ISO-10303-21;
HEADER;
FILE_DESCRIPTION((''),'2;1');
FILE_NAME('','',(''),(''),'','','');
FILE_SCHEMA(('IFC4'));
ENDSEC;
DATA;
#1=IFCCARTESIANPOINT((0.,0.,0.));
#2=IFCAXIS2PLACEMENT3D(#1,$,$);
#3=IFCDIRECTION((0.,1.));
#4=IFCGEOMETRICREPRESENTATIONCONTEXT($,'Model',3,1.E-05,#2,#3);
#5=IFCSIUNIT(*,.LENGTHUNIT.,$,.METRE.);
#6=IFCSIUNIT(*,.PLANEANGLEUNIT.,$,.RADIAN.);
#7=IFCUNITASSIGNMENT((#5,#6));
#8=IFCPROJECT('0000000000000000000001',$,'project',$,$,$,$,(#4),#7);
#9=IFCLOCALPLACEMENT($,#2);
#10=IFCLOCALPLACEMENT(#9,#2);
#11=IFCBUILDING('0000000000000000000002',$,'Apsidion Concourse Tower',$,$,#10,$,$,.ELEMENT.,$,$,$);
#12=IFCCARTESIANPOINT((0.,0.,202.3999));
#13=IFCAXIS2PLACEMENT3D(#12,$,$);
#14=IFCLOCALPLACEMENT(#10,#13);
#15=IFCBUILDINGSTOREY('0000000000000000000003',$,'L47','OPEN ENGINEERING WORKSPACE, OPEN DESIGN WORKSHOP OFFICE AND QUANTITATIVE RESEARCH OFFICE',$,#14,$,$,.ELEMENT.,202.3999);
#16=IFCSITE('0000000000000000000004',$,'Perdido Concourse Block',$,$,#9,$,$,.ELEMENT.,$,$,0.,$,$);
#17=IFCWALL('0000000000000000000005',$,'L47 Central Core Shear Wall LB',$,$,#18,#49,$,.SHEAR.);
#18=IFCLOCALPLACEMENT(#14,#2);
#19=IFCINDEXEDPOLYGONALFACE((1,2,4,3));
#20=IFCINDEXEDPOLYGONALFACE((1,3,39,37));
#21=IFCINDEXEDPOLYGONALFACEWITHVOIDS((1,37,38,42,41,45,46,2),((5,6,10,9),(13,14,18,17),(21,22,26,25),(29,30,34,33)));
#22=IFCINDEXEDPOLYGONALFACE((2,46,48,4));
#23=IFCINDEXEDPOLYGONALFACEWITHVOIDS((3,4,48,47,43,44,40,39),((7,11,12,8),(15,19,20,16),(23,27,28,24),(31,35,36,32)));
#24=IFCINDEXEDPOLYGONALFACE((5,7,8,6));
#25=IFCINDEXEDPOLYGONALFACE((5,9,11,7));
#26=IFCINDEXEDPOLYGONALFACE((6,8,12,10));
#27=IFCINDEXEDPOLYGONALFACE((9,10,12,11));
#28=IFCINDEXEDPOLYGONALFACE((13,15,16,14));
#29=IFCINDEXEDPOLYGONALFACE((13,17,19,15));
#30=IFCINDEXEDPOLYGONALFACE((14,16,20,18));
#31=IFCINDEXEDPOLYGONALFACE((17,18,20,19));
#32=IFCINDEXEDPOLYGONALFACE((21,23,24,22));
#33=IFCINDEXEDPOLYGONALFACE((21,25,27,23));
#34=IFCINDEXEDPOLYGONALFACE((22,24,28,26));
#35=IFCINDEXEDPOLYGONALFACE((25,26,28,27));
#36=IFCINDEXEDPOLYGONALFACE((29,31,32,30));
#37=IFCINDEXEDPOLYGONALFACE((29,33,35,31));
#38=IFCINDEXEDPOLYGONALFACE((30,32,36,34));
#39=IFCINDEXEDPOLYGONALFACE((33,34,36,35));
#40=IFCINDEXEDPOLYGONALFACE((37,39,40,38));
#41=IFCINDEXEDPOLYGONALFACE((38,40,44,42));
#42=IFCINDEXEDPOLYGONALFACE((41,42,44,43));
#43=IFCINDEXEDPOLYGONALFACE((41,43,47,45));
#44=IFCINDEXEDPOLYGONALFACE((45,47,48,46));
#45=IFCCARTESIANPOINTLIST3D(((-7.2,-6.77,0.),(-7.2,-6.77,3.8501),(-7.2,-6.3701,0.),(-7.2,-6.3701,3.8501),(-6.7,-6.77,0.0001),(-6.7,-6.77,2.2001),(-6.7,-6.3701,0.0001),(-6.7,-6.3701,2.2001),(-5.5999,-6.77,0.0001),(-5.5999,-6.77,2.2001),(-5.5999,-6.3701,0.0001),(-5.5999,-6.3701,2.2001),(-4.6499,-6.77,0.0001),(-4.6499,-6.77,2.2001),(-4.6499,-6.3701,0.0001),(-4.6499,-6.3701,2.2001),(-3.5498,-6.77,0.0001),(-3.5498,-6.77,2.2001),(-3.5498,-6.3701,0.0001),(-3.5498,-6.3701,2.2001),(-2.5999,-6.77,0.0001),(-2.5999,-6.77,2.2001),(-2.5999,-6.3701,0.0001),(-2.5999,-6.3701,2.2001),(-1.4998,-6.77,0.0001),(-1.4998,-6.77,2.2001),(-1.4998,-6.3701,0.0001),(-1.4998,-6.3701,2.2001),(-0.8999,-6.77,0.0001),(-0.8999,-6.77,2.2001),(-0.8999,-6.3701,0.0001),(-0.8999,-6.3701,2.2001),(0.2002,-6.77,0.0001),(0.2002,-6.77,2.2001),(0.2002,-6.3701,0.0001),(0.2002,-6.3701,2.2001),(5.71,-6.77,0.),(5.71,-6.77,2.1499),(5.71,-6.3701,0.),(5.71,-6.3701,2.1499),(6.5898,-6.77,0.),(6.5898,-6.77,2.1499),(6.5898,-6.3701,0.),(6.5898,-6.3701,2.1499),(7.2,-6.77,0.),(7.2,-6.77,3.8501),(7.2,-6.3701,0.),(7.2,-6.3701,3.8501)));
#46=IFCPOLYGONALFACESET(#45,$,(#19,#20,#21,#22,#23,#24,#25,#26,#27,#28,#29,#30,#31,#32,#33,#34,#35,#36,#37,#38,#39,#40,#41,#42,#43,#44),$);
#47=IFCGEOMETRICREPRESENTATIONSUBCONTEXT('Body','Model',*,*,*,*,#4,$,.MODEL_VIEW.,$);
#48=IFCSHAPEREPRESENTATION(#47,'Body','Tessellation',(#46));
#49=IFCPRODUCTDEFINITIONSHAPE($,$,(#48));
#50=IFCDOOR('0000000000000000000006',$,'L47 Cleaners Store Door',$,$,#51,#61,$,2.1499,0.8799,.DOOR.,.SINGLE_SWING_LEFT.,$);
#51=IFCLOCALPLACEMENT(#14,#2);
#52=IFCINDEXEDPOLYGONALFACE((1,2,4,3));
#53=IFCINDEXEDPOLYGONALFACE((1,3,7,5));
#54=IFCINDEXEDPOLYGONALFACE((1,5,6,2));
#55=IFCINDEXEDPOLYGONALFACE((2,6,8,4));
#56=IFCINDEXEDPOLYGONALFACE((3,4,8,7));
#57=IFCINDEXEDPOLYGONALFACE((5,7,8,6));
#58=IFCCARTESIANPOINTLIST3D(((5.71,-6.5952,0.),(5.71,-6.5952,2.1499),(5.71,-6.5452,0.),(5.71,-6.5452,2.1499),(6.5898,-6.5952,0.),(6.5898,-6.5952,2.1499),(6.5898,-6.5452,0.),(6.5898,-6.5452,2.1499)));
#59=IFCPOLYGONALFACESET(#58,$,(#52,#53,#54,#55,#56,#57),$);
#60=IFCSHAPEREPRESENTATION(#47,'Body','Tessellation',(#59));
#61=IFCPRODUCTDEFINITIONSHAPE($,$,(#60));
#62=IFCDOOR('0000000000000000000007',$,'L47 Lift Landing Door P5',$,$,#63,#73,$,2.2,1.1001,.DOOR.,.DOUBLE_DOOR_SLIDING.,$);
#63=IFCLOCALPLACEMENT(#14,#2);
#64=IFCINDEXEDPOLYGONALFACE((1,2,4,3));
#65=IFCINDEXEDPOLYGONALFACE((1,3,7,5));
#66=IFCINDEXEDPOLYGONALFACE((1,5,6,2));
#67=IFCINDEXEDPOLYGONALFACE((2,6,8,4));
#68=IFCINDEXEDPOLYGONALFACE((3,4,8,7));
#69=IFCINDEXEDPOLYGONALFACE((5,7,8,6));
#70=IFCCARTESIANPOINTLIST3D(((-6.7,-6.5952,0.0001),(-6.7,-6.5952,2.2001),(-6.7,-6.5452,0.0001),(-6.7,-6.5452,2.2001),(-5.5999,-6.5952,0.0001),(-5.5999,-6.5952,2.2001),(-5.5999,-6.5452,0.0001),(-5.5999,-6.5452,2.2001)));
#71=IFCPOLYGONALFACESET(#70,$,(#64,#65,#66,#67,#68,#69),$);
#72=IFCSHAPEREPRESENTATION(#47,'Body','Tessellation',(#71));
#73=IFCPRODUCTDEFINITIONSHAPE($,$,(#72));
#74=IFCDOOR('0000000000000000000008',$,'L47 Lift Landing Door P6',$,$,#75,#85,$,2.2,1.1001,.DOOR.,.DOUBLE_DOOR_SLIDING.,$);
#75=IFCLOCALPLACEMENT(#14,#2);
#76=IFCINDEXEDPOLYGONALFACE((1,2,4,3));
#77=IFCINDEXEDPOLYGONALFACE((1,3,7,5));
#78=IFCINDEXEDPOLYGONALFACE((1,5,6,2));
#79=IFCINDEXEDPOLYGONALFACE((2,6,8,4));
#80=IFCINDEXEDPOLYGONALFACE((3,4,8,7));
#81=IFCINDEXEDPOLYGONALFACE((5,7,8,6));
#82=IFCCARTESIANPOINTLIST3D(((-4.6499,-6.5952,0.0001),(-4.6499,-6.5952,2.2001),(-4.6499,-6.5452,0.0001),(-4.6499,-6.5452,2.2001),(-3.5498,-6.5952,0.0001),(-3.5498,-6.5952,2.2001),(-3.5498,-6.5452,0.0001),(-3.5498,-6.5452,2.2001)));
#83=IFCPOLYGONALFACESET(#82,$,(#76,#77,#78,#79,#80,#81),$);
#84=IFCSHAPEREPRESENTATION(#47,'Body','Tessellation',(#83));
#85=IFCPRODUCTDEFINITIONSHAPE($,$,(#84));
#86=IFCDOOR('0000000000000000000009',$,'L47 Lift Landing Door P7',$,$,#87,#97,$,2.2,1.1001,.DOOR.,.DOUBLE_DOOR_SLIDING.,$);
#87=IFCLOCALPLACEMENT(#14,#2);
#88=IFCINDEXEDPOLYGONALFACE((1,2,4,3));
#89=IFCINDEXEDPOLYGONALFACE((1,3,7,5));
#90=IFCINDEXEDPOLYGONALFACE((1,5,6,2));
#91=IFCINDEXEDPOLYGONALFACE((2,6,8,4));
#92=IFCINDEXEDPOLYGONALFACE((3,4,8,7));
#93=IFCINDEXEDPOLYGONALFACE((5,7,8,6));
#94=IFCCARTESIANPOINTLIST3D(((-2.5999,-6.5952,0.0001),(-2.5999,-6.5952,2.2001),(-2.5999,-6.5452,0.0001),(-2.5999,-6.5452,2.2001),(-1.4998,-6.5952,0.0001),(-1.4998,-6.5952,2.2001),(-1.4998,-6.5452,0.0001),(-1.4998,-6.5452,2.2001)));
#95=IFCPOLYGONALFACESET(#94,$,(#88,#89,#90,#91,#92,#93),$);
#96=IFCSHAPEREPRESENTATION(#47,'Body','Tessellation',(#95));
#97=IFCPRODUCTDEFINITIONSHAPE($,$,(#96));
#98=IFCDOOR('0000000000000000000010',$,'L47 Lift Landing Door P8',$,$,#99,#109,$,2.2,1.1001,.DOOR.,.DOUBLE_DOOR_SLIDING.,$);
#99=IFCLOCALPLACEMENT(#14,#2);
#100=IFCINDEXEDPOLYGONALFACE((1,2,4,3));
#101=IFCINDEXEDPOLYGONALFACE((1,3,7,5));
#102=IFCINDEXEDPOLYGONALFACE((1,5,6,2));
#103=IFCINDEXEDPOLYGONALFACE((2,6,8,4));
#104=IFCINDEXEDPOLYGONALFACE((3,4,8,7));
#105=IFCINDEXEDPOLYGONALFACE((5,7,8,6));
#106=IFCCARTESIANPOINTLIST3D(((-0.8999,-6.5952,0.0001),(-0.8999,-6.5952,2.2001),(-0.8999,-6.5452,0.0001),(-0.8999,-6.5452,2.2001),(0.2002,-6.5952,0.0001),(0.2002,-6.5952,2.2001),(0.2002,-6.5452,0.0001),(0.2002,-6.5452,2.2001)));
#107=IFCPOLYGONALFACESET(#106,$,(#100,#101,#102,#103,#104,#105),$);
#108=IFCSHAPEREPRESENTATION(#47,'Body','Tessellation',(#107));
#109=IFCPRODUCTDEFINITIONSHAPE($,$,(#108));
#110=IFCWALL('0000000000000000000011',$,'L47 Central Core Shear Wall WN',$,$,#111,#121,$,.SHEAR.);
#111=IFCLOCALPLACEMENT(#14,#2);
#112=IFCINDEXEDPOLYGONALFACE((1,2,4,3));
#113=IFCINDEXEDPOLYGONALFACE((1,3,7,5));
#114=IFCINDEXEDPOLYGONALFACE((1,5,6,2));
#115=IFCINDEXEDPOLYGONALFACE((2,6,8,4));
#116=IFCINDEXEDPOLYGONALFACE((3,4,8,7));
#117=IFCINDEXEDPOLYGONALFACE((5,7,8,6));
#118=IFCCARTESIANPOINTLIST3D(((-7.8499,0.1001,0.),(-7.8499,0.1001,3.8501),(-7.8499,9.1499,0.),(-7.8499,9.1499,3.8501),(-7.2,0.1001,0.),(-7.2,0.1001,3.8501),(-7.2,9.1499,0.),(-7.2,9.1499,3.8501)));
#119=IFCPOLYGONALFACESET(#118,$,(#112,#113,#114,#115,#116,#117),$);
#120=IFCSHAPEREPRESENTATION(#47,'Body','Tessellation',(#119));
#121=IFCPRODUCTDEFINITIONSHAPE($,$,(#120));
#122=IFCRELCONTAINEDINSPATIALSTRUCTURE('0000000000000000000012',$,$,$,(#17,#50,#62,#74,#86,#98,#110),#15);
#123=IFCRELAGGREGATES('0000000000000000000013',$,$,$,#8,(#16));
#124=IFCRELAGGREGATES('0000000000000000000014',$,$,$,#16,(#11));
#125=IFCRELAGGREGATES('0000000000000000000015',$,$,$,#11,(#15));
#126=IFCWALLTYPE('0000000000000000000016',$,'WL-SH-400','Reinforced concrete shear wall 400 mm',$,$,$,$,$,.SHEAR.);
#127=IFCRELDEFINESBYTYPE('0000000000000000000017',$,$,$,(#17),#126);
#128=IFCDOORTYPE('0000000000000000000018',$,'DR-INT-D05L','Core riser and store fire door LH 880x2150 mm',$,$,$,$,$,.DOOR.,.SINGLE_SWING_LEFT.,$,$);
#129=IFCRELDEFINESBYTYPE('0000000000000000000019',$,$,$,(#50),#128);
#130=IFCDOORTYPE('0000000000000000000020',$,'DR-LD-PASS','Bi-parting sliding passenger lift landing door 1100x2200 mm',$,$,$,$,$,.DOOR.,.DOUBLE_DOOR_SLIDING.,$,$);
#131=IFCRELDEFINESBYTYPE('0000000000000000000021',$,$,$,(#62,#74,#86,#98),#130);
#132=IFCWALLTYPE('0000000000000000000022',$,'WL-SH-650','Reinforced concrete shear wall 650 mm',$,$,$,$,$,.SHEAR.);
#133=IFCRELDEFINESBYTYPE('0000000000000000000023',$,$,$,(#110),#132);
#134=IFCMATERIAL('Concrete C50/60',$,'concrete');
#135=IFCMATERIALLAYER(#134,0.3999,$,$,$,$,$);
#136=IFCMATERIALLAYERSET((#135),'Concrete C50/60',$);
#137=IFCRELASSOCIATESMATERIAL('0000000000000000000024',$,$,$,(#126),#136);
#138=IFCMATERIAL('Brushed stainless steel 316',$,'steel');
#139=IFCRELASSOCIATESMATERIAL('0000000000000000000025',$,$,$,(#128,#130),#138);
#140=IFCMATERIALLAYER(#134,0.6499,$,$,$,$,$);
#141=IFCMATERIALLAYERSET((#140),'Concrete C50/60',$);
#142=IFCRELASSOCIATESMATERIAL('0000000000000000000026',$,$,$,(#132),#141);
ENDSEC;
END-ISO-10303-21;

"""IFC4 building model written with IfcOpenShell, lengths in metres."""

from ifc_helpers import new_model, si_unit, direction, frame, frame_2d, origin, place, context, subcontext, project, spatial, rectangle, extrude, material, layer, layer_set, type_object, element, fill, save


model = new_model("IFC4")

# Units and contexts
model_context = context("Model", 3, precision=1e-05, world=origin(), true_north=direction((0.0, 1.0)))
body_context = subcontext(model_context, "Body", "Model", "MODEL_VIEW")
ifc_project = project(units=[si_unit("LENGTHUNIT", "METRE"), si_unit("PLANEANGLEUNIT", "RADIAN")], contexts=[model_context])

# Site, building, storey
site_placement = place(None, origin())
site = spatial("IfcSite", under=ifc_project, at=site_placement, Name="Perdido Concourse Block", CompositionType="ELEMENT", RefElevation=0.0)
building_placement = place(site_placement, origin())
building = spatial("IfcBuilding", under=site, at=building_placement, Name="Apsidion Concourse Tower", CompositionType="ELEMENT")
storey_placement = place(building_placement, frame((0.0, 0.0, 202.3999)))
storey = spatial("IfcBuildingStorey", under=building, at=storey_placement, Name="L47", Description="OPEN ENGINEERING WORKSPACE, OPEN DESIGN WORKSHOP OFFICE AND QUANTITATIVE RESEARCH OFFICE", CompositionType="ELEMENT", Elevation=202.3999)

# Shared definitions
ifc_material_1 = material(Name="Brushed stainless steel 316", Category="steel")

# Shared definitions
ifc_material_2 = material(Name="Concrete C50/60", Category="concrete")
ifc_layer_1 = layer(ifc_material_2, 0.3999)
ifc_layer_set_1 = layer_set([ifc_layer_1], Name="Concrete C50/60")
wall_type_1 = type_object("IfcWallType", Name="WL-SH-400", Description="Reinforced concrete shear wall 400 mm", PredefinedType="SHEAR", material=ifc_layer_set_1)

# Wall, openings, doors
wall_1_placement = place(storey_placement, frame((-7.2, -6.5701, 0.0), z_axis=(0.0, 0.0, 1.0), x_axis=(1.0, 0.0, 0.0)))
wall_1 = element("IfcWall", 1, at=wall_1_placement, inside=storey, type_object=wall_type_1, Name="L47 Central Core Shear Wall LB", PredefinedType="SHEAR", context=body_context, shape_type="SweptSolid", body=[
    extrude(rectangle(XDim=14.3999, YDim=0.3999, at=frame_2d((7.2, 0.0))), origin(), (0.0, 0.0, 1.0), 3.8501),
])
opening_1_placement = place(wall_1_placement, frame((0.5, 0.0, 0.0)))
opening_1 = element("IfcOpeningElement", 2, at=opening_1_placement, cuts=wall_1, PredefinedType="OPENING", context=body_context, shape_type="SweptSolid", body=[
    extrude(rectangle(XDim=1.1001, YDim=2.2, at=frame_2d((0.55, 1.1001))), frame((0.0, 0.21, 0.0), z_axis=(0.0, -1.0, 0.0), x_axis=(1.0, 0.0, 0.0)), (0.0, 0.0, 1.0), 0.4199),
])
opening_2_placement = place(wall_1_placement, frame((2.55, 0.0, 0.0)))
opening_2 = element("IfcOpeningElement", 3, at=opening_2_placement, cuts=wall_1, PredefinedType="OPENING", context=body_context, shape_type="SweptSolid", body=[
    extrude(rectangle(XDim=1.1001, YDim=2.2, at=frame_2d((0.55, 1.1001))), frame((0.0, 0.21, 0.0), z_axis=(0.0, -1.0, 0.0), x_axis=(1.0, 0.0, 0.0)), (0.0, 0.0, 1.0), 0.4199),
])
opening_3_placement = place(wall_1_placement, frame((4.6001, 0.0, 0.0)))
opening_3 = element("IfcOpeningElement", 4, at=opening_3_placement, cuts=wall_1, PredefinedType="OPENING", context=body_context, shape_type="SweptSolid", body=[
    extrude(rectangle(XDim=1.1001, YDim=2.2, at=frame_2d((0.55, 1.1001))), frame((0.0, 0.21, 0.0), z_axis=(0.0, -1.0, 0.0), x_axis=(1.0, 0.0, 0.0)), (0.0, 0.0, 1.0), 0.4199),
])
opening_4_placement = place(wall_1_placement, frame((6.3, 0.0, 0.0)))
opening_4 = element("IfcOpeningElement", 5, at=opening_4_placement, cuts=wall_1, PredefinedType="OPENING", context=body_context, shape_type="SweptSolid", body=[
    extrude(rectangle(XDim=1.1001, YDim=2.2, at=frame_2d((0.55, 1.1001))), frame((0.0, 0.21, 0.0), z_axis=(0.0, -1.0, 0.0), x_axis=(1.0, 0.0, 0.0)), (0.0, 0.0, 1.0), 0.4199),
])
opening_5_placement = place(wall_1_placement, frame((12.9099, 0.0, 0.0)))
opening_5 = element("IfcOpeningElement", 6, at=opening_5_placement, cuts=wall_1, PredefinedType="OPENING", context=body_context, shape_type="SweptSolid", body=[
    extrude(rectangle(XDim=0.8799, YDim=2.1499, at=frame_2d((0.4399, 1.075))), frame((0.0, 0.21, 0.0), z_axis=(0.0, -1.0, 0.0), x_axis=(1.0, 0.0, 0.0)), (0.0, 0.0, 1.0), 0.4199),
])
door_type_1 = type_object("IfcDoorType", Name="DR-INT-D05L", Description="Core riser and store fire door LH 880x2150 mm", OperationType="SINGLE_SWING_LEFT", PredefinedType="DOOR", material=ifc_material_1)
door_1_placement = place(opening_5_placement, origin())
door_1 = element("IfcDoor", 7, at=door_1_placement, inside=storey, type_object=door_type_1, Name="L47 Cleaners Store Door", OperationType="SINGLE_SWING_LEFT", OverallHeight=2.1499, OverallWidth=0.8799, PredefinedType="DOOR", context=body_context, shape_type="SweptSolid", body=[
    extrude(rectangle(XDim=0.8799, YDim=2.1499, at=frame_2d((0.4399, 1.075))), frame((0.0, 0.0249, 0.0), z_axis=(0.0, -1.0, 0.0), x_axis=(1.0, 0.0, 0.0)), (0.0, 0.0, 1.0), 0.05),
])
fill(opening_5, door_1)
door_type_2 = type_object("IfcDoorType", Name="DR-LD-PASS", Description="Bi-parting sliding passenger lift landing door 1100x2200 mm", OperationType="DOUBLE_DOOR_SLIDING", PredefinedType="DOOR", material=ifc_material_1)
door_2_placement = place(opening_1_placement, origin())
door_2 = element("IfcDoor", 8, at=door_2_placement, inside=storey, type_object=door_type_2, Name="L47 Lift Landing Door P5", OperationType="DOUBLE_DOOR_SLIDING", OverallHeight=2.2, OverallWidth=1.1001, PredefinedType="DOOR", context=body_context, shape_type="SweptSolid", body=[
    extrude(rectangle(XDim=1.1001, YDim=2.2, at=frame_2d((0.55, 1.1001))), frame((0.0, 0.0249, 0.0), z_axis=(0.0, -1.0, 0.0), x_axis=(1.0, 0.0, 0.0)), (0.0, 0.0, 1.0), 0.05),
])
fill(opening_1, door_2)
door_3_placement = place(opening_2_placement, origin())
door_3 = element("IfcDoor", 9, at=door_3_placement, inside=storey, type_object=door_type_2, Name="L47 Lift Landing Door P6", OperationType="DOUBLE_DOOR_SLIDING", OverallHeight=2.2, OverallWidth=1.1001, PredefinedType="DOOR", context=body_context, shape_type="SweptSolid", body=[
    extrude(rectangle(XDim=1.1001, YDim=2.2, at=frame_2d((0.55, 1.1001))), frame((0.0, 0.0249, 0.0), z_axis=(0.0, -1.0, 0.0), x_axis=(1.0, 0.0, 0.0)), (0.0, 0.0, 1.0), 0.05),
])
fill(opening_2, door_3)
door_4_placement = place(opening_3_placement, origin())
door_4 = element("IfcDoor", 10, at=door_4_placement, inside=storey, type_object=door_type_2, Name="L47 Lift Landing Door P7", OperationType="DOUBLE_DOOR_SLIDING", OverallHeight=2.2, OverallWidth=1.1001, PredefinedType="DOOR", context=body_context, shape_type="SweptSolid", body=[
    extrude(rectangle(XDim=1.1001, YDim=2.2, at=frame_2d((0.55, 1.1001))), frame((0.0, 0.0249, 0.0), z_axis=(0.0, -1.0, 0.0), x_axis=(1.0, 0.0, 0.0)), (0.0, 0.0, 1.0), 0.05),
])
fill(opening_3, door_4)
door_5_placement = place(opening_4_placement, origin())
door_5 = element("IfcDoor", 11, at=door_5_placement, inside=storey, type_object=door_type_2, Name="L47 Lift Landing Door P8", OperationType="DOUBLE_DOOR_SLIDING", OverallHeight=2.2, OverallWidth=1.1001, PredefinedType="DOOR", context=body_context, shape_type="SweptSolid", body=[
    extrude(rectangle(XDim=1.1001, YDim=2.2, at=frame_2d((0.55, 1.1001))), frame((0.0, 0.0249, 0.0), z_axis=(0.0, -1.0, 0.0), x_axis=(1.0, 0.0, 0.0)), (0.0, 0.0, 1.0), 0.05),
])
fill(opening_4, door_5)

# Wall
ifc_layer_2 = layer(ifc_material_2, 0.6499)
ifc_layer_set_2 = layer_set([ifc_layer_2], Name="Concrete C50/60")
wall_type_2 = type_object("IfcWallType", Name="WL-SH-650", Description="Reinforced concrete shear wall 650 mm", PredefinedType="SHEAR", material=ifc_layer_set_2)
wall_2_placement = place(storey_placement, frame((-7.5249, 0.1001, 0.0), z_axis=(0.0, 0.0, 1.0), x_axis=(0.0, 1.0, 0.0)))
element("IfcWall", 12, at=wall_2_placement, inside=storey, type_object=wall_type_2, Name="L47 Central Core Shear Wall WN", PredefinedType="SHEAR", context=body_context, shape_type="SweptSolid", body=[
    extrude(rectangle(XDim=9.0498, YDim=0.6499, at=frame_2d((4.5249, 0.0))), origin(), (0.0, 0.0, 1.0), 3.8501),
])

save(model, "model.ifc")
